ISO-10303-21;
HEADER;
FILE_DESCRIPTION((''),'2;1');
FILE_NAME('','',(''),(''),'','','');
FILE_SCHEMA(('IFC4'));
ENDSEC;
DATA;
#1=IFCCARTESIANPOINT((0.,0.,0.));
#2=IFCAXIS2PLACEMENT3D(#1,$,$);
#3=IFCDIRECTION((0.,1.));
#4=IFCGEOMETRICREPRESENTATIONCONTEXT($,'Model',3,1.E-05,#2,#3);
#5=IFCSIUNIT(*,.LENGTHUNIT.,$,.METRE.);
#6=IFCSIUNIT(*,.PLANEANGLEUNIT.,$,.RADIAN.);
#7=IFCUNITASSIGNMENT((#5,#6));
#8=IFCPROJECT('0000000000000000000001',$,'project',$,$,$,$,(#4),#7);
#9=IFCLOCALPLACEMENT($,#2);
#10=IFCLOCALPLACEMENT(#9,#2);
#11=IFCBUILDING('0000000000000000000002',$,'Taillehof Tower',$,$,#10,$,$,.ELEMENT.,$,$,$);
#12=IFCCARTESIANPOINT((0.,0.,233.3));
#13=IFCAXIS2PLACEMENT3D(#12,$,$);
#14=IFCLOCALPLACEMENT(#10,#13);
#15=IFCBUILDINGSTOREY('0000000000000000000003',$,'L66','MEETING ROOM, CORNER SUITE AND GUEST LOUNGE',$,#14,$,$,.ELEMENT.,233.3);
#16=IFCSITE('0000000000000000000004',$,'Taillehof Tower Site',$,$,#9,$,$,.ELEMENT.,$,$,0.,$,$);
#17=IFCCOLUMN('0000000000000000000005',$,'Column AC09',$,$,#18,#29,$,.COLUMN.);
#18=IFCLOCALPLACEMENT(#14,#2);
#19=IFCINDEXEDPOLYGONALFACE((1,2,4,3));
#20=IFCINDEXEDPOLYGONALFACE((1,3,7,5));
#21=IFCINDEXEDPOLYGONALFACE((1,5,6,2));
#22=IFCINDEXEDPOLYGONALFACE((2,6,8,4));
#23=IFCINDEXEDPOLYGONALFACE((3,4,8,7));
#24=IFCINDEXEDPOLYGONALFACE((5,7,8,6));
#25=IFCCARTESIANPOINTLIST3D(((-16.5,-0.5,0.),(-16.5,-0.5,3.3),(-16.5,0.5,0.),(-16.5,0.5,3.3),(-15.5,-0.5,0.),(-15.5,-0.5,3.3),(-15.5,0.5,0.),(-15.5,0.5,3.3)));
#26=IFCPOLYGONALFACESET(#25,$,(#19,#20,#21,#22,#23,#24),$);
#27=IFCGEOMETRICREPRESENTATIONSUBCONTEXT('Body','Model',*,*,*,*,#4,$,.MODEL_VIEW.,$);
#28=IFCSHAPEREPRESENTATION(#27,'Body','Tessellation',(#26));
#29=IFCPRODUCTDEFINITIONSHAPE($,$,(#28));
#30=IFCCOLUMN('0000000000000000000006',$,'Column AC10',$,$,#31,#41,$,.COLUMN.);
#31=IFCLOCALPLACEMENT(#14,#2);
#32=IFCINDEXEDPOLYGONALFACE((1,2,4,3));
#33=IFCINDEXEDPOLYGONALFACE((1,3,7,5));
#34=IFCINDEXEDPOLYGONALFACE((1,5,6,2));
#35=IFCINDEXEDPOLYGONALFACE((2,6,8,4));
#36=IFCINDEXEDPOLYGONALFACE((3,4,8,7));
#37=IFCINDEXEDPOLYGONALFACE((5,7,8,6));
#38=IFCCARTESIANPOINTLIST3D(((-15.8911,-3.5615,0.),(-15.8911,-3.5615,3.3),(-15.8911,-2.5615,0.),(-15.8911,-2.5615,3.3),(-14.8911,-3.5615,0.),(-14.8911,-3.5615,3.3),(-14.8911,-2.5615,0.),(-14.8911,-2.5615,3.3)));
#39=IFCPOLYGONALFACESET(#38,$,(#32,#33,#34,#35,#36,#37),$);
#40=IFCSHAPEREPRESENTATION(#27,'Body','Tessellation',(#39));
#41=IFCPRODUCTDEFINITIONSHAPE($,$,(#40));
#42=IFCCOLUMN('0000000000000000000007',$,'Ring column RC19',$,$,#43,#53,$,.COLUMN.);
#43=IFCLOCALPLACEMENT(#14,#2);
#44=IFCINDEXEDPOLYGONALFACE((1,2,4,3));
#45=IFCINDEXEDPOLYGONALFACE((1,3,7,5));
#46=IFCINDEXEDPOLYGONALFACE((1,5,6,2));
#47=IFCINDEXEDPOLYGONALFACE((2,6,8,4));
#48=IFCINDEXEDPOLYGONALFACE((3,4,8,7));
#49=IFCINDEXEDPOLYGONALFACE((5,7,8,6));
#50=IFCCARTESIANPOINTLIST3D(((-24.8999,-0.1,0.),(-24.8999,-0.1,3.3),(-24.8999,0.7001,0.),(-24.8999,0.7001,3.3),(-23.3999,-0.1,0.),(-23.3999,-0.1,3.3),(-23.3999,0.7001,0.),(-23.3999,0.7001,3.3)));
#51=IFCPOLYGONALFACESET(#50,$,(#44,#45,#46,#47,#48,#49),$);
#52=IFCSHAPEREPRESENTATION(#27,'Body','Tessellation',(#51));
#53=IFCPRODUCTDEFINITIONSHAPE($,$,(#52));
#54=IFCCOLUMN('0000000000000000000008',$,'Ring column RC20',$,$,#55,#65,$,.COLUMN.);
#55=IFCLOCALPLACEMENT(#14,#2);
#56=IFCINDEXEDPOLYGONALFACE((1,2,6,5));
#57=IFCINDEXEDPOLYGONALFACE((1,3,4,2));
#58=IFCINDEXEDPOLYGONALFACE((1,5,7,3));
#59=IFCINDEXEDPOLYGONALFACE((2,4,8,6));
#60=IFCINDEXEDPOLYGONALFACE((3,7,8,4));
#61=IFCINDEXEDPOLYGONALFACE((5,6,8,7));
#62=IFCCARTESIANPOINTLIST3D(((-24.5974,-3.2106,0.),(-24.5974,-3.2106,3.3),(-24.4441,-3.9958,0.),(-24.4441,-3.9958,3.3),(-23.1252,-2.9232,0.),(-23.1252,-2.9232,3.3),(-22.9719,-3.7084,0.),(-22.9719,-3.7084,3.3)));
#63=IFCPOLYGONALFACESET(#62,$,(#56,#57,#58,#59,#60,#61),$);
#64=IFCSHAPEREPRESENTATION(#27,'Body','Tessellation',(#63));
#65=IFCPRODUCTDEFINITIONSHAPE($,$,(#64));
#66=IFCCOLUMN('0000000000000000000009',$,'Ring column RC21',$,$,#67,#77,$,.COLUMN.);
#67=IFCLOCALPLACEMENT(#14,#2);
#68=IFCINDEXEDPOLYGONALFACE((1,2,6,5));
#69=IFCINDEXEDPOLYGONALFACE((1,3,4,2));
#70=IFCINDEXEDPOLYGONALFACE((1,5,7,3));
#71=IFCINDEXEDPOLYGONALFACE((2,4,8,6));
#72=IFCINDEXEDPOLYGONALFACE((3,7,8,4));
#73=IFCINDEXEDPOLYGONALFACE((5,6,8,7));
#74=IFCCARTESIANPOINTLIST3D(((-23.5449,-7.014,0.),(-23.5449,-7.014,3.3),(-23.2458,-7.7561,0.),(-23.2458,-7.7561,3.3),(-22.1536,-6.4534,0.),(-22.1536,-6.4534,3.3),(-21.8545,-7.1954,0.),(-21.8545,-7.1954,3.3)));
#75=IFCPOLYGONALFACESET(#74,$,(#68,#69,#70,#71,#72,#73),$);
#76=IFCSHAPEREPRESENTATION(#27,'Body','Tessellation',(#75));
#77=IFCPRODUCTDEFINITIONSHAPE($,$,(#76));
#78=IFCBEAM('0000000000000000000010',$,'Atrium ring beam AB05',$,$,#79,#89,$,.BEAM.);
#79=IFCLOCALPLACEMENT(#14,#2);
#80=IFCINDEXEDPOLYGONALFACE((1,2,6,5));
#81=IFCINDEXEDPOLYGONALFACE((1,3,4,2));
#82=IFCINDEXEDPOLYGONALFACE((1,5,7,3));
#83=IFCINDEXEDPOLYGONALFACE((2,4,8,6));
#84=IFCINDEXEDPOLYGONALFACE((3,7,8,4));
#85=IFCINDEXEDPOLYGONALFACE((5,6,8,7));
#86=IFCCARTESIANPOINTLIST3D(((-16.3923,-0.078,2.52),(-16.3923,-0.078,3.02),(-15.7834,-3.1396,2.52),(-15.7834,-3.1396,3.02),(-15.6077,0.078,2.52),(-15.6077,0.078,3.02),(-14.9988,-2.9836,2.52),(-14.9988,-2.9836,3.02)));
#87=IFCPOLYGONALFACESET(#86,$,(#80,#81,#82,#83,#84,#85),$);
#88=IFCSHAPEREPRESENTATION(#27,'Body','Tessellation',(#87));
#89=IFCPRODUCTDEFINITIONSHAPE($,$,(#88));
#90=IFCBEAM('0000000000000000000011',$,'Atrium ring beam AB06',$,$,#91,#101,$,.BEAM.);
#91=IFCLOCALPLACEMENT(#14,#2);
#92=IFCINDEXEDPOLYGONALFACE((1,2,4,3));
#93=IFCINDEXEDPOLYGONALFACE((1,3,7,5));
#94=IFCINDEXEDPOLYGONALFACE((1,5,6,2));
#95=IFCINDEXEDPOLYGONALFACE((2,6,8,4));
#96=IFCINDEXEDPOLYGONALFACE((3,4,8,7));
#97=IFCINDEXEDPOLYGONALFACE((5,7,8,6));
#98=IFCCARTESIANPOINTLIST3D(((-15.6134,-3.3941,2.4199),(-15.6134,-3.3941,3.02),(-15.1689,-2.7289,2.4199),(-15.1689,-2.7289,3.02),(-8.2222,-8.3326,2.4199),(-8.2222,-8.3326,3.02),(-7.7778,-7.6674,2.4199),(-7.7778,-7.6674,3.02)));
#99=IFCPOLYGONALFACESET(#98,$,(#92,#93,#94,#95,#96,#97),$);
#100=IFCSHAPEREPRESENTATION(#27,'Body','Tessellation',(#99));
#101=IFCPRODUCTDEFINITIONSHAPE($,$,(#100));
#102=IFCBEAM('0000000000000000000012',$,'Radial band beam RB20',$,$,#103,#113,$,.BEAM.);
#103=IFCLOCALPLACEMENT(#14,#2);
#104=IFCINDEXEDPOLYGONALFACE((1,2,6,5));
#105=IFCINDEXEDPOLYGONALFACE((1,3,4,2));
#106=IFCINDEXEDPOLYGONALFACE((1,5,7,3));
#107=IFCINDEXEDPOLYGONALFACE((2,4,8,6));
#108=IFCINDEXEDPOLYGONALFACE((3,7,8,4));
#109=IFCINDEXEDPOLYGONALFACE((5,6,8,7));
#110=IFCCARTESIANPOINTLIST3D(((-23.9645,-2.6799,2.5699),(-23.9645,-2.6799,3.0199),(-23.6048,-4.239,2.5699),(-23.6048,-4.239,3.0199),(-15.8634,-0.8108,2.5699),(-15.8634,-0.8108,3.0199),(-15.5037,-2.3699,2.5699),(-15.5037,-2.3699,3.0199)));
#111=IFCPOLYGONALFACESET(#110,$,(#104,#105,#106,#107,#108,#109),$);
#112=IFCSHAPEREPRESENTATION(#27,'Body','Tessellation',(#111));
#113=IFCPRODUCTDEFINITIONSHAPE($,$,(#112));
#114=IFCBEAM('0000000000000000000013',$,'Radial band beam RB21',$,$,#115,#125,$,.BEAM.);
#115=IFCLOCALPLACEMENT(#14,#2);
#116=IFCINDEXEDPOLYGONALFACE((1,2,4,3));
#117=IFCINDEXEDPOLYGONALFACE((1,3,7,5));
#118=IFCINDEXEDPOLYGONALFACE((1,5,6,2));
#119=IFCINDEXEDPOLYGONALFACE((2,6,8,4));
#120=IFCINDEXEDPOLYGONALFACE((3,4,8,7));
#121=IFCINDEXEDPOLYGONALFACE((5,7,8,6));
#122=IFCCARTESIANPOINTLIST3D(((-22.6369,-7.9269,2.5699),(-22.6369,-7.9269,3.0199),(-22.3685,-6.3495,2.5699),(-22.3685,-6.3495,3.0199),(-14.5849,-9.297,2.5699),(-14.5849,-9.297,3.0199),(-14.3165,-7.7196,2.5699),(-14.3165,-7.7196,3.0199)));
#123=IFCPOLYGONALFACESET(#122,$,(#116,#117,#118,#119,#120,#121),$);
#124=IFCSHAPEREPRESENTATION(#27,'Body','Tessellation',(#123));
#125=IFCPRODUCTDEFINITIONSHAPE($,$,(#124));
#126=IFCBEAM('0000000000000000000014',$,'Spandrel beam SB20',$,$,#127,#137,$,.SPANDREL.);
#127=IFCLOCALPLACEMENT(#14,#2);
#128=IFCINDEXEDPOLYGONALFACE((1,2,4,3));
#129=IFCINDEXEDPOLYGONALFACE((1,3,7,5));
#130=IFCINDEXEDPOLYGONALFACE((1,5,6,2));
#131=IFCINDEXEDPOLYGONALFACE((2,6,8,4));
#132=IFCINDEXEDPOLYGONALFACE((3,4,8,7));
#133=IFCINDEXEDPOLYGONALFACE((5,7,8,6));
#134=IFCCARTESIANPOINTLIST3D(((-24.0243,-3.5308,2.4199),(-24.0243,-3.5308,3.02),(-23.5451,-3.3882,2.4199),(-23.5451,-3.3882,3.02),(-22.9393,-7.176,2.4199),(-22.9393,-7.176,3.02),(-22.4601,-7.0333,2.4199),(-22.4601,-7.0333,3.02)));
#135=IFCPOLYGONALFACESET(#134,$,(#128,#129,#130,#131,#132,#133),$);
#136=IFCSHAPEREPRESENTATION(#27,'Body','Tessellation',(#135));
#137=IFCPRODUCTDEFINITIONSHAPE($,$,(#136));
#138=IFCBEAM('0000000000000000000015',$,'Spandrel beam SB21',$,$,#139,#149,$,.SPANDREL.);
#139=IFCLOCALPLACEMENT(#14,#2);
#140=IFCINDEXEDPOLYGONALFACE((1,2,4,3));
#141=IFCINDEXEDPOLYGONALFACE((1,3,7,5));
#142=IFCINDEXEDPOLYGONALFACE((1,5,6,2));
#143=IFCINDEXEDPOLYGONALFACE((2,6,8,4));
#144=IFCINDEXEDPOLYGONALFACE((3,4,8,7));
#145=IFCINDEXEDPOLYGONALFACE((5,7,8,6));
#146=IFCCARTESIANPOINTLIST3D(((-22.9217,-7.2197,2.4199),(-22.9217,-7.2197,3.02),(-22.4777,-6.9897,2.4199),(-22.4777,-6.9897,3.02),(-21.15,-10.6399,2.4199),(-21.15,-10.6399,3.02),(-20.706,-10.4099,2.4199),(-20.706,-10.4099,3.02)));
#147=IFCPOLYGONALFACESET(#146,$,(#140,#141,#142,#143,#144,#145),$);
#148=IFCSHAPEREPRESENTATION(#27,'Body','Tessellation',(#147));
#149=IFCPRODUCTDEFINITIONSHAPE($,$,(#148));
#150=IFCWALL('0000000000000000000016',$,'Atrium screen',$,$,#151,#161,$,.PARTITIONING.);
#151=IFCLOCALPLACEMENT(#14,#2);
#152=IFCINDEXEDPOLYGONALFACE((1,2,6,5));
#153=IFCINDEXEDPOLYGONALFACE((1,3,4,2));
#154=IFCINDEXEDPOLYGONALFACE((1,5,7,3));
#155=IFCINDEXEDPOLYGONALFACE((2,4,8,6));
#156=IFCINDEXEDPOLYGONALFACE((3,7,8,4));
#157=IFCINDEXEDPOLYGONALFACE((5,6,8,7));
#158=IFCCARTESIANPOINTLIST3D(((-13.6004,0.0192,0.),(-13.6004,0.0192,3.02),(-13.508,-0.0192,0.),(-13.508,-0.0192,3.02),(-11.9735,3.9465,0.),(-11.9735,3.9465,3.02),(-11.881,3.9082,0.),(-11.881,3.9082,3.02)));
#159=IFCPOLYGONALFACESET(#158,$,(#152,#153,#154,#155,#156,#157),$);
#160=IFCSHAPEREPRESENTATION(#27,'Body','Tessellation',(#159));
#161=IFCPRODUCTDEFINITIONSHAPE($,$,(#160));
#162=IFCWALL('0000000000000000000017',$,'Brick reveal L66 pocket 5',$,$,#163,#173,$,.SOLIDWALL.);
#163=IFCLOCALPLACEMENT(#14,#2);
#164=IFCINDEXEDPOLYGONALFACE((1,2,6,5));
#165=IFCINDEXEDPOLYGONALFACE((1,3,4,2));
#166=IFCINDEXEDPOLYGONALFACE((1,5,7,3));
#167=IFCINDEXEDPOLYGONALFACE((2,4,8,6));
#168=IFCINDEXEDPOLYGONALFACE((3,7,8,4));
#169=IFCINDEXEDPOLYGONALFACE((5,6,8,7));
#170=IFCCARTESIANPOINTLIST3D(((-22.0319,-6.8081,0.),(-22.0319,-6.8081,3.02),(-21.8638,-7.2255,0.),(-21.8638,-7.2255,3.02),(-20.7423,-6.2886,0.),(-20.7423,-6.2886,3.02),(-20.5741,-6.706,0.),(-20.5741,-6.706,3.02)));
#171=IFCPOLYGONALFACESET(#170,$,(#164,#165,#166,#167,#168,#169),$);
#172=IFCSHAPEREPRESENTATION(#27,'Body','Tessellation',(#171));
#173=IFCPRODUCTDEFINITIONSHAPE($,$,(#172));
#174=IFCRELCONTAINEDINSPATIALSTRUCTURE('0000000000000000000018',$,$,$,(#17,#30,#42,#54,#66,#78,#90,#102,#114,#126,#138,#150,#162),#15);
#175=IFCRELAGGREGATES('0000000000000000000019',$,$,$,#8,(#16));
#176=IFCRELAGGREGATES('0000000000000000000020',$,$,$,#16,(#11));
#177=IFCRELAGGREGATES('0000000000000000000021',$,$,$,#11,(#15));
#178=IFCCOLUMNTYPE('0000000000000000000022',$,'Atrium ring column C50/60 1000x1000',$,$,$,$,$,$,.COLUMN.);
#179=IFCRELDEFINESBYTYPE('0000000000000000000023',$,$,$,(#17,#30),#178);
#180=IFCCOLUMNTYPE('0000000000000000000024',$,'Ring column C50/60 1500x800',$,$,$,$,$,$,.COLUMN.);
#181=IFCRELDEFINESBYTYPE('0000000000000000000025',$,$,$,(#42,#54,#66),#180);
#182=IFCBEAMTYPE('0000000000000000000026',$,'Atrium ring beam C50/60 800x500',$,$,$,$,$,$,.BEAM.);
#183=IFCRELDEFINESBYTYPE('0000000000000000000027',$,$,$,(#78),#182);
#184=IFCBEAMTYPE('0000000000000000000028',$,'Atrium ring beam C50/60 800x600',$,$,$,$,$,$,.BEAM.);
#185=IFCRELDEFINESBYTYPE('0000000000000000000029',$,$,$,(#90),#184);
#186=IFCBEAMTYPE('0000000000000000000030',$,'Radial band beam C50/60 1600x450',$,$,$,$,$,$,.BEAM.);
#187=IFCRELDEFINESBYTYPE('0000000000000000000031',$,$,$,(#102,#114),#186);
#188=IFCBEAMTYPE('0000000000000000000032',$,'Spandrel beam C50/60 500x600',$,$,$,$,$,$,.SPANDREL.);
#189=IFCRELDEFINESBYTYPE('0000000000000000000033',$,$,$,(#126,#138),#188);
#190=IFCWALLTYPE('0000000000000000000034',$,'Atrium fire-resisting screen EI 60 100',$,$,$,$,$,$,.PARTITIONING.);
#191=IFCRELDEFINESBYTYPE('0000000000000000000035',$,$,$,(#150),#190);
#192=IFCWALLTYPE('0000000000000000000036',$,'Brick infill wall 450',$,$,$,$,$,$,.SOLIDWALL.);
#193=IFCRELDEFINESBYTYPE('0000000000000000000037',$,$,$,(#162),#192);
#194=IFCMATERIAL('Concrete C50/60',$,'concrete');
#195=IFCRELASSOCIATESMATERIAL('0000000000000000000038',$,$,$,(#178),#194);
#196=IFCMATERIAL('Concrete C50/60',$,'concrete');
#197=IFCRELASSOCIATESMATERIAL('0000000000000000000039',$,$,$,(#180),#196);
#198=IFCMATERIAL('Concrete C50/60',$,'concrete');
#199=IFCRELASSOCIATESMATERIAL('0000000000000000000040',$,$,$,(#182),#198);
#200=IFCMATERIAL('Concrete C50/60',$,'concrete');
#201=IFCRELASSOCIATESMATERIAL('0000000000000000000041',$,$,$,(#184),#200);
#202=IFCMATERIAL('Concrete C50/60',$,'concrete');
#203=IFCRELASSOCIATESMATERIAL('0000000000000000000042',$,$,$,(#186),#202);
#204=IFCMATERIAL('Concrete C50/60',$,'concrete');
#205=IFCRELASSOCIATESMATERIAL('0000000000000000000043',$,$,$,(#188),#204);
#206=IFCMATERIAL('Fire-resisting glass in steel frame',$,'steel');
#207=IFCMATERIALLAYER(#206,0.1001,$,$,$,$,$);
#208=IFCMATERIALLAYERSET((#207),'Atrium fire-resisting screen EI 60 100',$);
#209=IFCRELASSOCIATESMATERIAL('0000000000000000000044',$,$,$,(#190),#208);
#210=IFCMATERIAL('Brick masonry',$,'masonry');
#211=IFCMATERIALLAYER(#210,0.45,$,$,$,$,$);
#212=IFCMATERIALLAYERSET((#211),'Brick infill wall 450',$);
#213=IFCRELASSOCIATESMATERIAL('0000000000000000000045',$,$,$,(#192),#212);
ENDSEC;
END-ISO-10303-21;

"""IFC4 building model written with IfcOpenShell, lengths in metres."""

from ifc_helpers import new_model, si_unit, direction, frame, frame_2d, origin, origin_2d, place, context, subcontext, project, spatial, rectangle, extrude, material, layer, layer_set, material_profile, profile_set, type_object, element, save


model = new_model("IFC4")

# Units and contexts
model_context = context("Model", 3, precision=1e-05, world=origin(), true_north=direction((0.0, 1.0)))
body_context = subcontext(model_context, "Body", "Model", "MODEL_VIEW")
ifc_project = project(units=[si_unit("LENGTHUNIT", "METRE"), si_unit("PLANEANGLEUNIT", "RADIAN")], contexts=[model_context])

# Site, building, storey
site_placement = place(None, origin())
site = spatial("IfcSite", under=ifc_project, at=site_placement, Name="Taillehof Tower Site", CompositionType="ELEMENT", RefElevation=0.0)
building_placement = place(site_placement, origin())
building = spatial("IfcBuilding", under=site, at=building_placement, Name="Taillehof Tower", CompositionType="ELEMENT")
storey_placement = place(building_placement, frame((0.0, 0.0, 233.3)))
storey = spatial("IfcBuildingStorey", under=building, at=storey_placement, Name="L66", Description="MEETING ROOM, CORNER SUITE AND GUEST LOUNGE", CompositionType="ELEMENT", Elevation=233.3)

# Columns
ifc_material_1 = material(Name="Concrete C50/60", Category="concrete")
ifc_material_profile_1 = material_profile(ifc_material_1, rectangle(XDim=1.0, YDim=1.0, at=origin_2d()), Name="RC 1000x1000")
ifc_profile_set_1 = profile_set([ifc_material_profile_1], Name="Concrete C50/60")
column_type_1 = type_object("IfcColumnType", Name="Atrium ring column C50/60 1000x1000", PredefinedType="COLUMN", material=ifc_profile_set_1)
for number, where, z_axis, x_axis, name in (
    (1, (-16.0, 0.0, 0.0), (0.0, 0.0, 1.0), (1.0, 0.0, 0.0), "Column AC09"),
    (2, (-15.3911, -3.0615, 0.0), (0.0, 0.0, 1.0), (1.0, 0.0, 0.0), "Column AC10"),
):
    element("IfcColumn", number, at=place(storey_placement, frame(where, z_axis=z_axis, x_axis=x_axis)), inside=storey, type_object=column_type_1, Name=name, PredefinedType="COLUMN", context=body_context, shape_type="SweptSolid", body=[
        extrude(rectangle(XDim=1.0, YDim=1.0, at=origin_2d()), origin(), (0.0, 0.0, 1.0), 3.3),
    ])
ifc_material_2 = material(Name="Concrete C50/60", Category="concrete")
ifc_material_profile_2 = material_profile(ifc_material_2, rectangle(XDim=1.5, YDim=0.8, at=origin_2d()), Name="RC 1500x800")
ifc_profile_set_2 = profile_set([ifc_material_profile_2], Name="Concrete C50/60")
column_type_2 = type_object("IfcColumnType", Name="Ring column C50/60 1500x800", PredefinedType="COLUMN", material=ifc_profile_set_2)
for number, where, z_axis, x_axis, name in (
    (3, (-24.1499, 0.3, 0.0), (0.0, 0.0, 1.0), (-1.0, 0.0, 0.0), "Ring column RC19"),
    (4, (-23.7847, -3.4595, 0.0), (0.0, 0.0, 1.0), (-0.981473, -0.191602, 0.0), "Ring column RC20"),
    (5, (-22.6997, -7.1047, 0.0), (0.0, 0.0, 1.0), (-0.927525, -0.373762, 0.0), "Ring column RC21"),
):
    element("IfcColumn", number, at=place(storey_placement, frame(where, z_axis=z_axis, x_axis=x_axis)), inside=storey, type_object=column_type_2, Name=name, PredefinedType="COLUMN", context=body_context, shape_type="SweptSolid", body=[
        extrude(rectangle(XDim=1.5, YDim=0.8, at=origin_2d()), origin(), (0.0, 0.0, 1.0), 3.3),
    ])

# Beams
ifc_material_3 = material(Name="Concrete C50/60", Category="concrete")
ifc_material_profile_3 = material_profile(ifc_material_3, rectangle(XDim=0.8, YDim=0.5, at=origin_2d()), Name="RC 800x500")
ifc_profile_set_3 = profile_set([ifc_material_profile_3], Name="Concrete C50/60")
beam_type_1 = type_object("IfcBeamType", Name="Atrium ring beam C50/60 800x500", PredefinedType="BEAM", material=ifc_profile_set_3)
beam_1_placement = place(storey_placement, frame((-16.0, 0.0, 2.77), z_axis=(0.195063, -0.980791, 0.0), x_axis=(0.980791, 0.195063, 0.0)))
element("IfcBeam", 6, at=beam_1_placement, inside=storey, type_object=beam_type_1, Name="Atrium ring beam AB05", PredefinedType="BEAM", context=body_context, shape_type="SweptSolid", body=[
    extrude(rectangle(XDim=0.8, YDim=0.5, at=origin_2d()), origin(), (0.0, 0.0, 1.0), 3.1216),
])
ifc_material_4 = material(Name="Concrete C50/60", Category="concrete")
ifc_material_profile_4 = material_profile(ifc_material_4, rectangle(XDim=0.8, YDim=0.6001, at=origin_2d()), Name="RC 800x600")
ifc_profile_set_4 = profile_set([ifc_material_profile_4], Name="Concrete C50/60")
beam_type_2 = type_object("IfcBeamType", Name="Atrium ring beam C50/60 800x600", PredefinedType="BEAM", material=ifc_profile_set_4)
beam_2_placement = place(storey_placement, frame((-15.3911, -3.0615, 2.72), z_axis=(0.831475, -0.555562, 0.0), x_axis=(0.555562, 0.831475, 0.0)))
element("IfcBeam", 7, at=beam_2_placement, inside=storey, type_object=beam_type_2, Name="Atrium ring beam AB06", PredefinedType="BEAM", context=body_context, shape_type="SweptSolid", body=[
    extrude(rectangle(XDim=0.8, YDim=0.6001, at=origin_2d()), origin(), (0.0, 0.0, 1.0), 8.8892),
])
ifc_material_5 = material(Name="Concrete C50/60", Category="concrete")
ifc_material_profile_5 = material_profile(ifc_material_5, rectangle(XDim=1.6001, YDim=0.45, at=origin_2d()), Name="RC 1600x450")
ifc_profile_set_5 = profile_set([ifc_material_profile_5], Name="Concrete C50/60")
beam_type_3 = type_object("IfcBeamType", Name="Radial band beam C50/60 1600x450", PredefinedType="BEAM", material=ifc_profile_set_5)
beam_3_placement = place(storey_placement, frame((-23.7847, -3.4595, 2.7949), z_axis=(0.9744, 0.224821, 0.0), x_axis=(-0.224821, 0.9744, 0.0)))
element("IfcBeam", 8, at=beam_3_placement, inside=storey, type_object=beam_type_3, Name="Radial band beam RB20", PredefinedType="BEAM", context=body_context, shape_type="SweptSolid", body=[
    extrude(rectangle(XDim=1.6001, YDim=0.45, at=origin_2d()), origin(), (0.0, 0.0, 1.0), 8.314),
])
beam_4_placement = place(storey_placement, frame((-22.5027, -7.1382, 2.7949), z_axis=(0.98583, -0.167747, 0.0), x_axis=(0.167747, 0.98583, 0.0)))
element("IfcBeam", 9, at=beam_4_placement, inside=storey, type_object=beam_type_3, Name="Radial band beam RB21", PredefinedType="BEAM", context=body_context, shape_type="SweptSolid", body=[
    extrude(rectangle(XDim=1.6001, YDim=0.45, at=origin_2d()), origin(), (0.0, 0.0, 1.0), 8.1677),
])
ifc_material_6 = material(Name="Concrete C50/60", Category="concrete")
ifc_material_profile_6 = material_profile(ifc_material_6, rectangle(XDim=0.5, YDim=0.6001, at=origin_2d()), Name="RC 500x600")
ifc_profile_set_6 = profile_set([ifc_material_profile_6], Name="Concrete C50/60")
beam_type_4 = type_object("IfcBeamType", Name="Spandrel beam C50/60 500x600", PredefinedType="SPANDREL", material=ifc_profile_set_6)
beam_5_placement = place(storey_placement, frame((-23.7847, -3.4595, 2.72), z_axis=(0.285268, -0.958448, 0.0), x_axis=(0.958448, 0.285268, 0.0)))
element("IfcBeam", 10, at=beam_5_placement, inside=storey, type_object=beam_type_4, Name="Spandrel beam SB20", PredefinedType="SPANDREL", context=body_context, shape_type="SweptSolid", body=[
    extrude(rectangle(XDim=0.5, YDim=0.6001, at=origin_2d()), origin(), (0.0, 0.0, 1.0), 3.8032),
])
beam_6_placement = place(storey_placement, frame((-22.6997, -7.1047, 2.72), z_axis=(0.459971, -0.887934, 0.0), x_axis=(0.887934, 0.459971, 0.0)))
element("IfcBeam", 11, at=beam_6_placement, inside=storey, type_object=beam_type_4, Name="Spandrel beam SB21", PredefinedType="SPANDREL", context=body_context, shape_type="SweptSolid", body=[
    extrude(rectangle(XDim=0.5, YDim=0.6001, at=origin_2d()), origin(), (0.0, 0.0, 1.0), 3.8518),
])

# Walls
ifc_material_7 = material(Name="Fire-resisting glass in steel frame", Category="steel")
ifc_layer_1 = layer(ifc_material_7, 0.1001)
ifc_layer_set_1 = layer_set([ifc_layer_1], Name="Atrium fire-resisting screen EI 60 100")
wall_type_1 = type_object("IfcWallType", Name="Atrium fire-resisting screen EI 60 100", PredefinedType="PARTITIONING", material=ifc_layer_set_1)
wall_1_placement = place(storey_placement, frame((-13.5542, 0.0, 0.0), z_axis=(0.0, 0.0, 1.0), x_axis=(0.382731, 0.92386, 0.0)))
element("IfcWall", 12, at=wall_1_placement, inside=storey, type_object=wall_type_1, Name="Atrium screen", PredefinedType="PARTITIONING", context=body_context, shape_type="SweptSolid", body=[
    extrude(rectangle(XDim=4.251, YDim=0.1001, at=frame_2d((2.1255, 0.0))), origin(), (0.0, 0.0, 1.0), 3.02),
])
ifc_material_8 = material(Name="Brick masonry", Category="masonry")
ifc_layer_2 = layer(ifc_material_8, 0.45)
ifc_layer_set_2 = layer_set([ifc_layer_2], Name="Brick infill wall 450")
wall_type_2 = type_object("IfcWallType", Name="Brick infill wall 450", PredefinedType="SOLIDWALL", material=ifc_layer_set_2)
wall_2_placement = place(storey_placement, frame((-21.948, -7.0168, 0.0), z_axis=(0.0, 0.0, 1.0), x_axis=(0.927578, 0.37363, 0.0)))
element("IfcWall", 13, at=wall_2_placement, inside=storey, type_object=wall_type_2, Name="Brick reveal L66 pocket 5", PredefinedType="SOLIDWALL", context=body_context, shape_type="SweptSolid", body=[
    extrude(rectangle(XDim=1.3904, YDim=0.45, at=frame_2d((0.6953, 0.0))), origin(), (0.0, 0.0, 1.0), 3.02),
])

save(model, "model.ifc")
